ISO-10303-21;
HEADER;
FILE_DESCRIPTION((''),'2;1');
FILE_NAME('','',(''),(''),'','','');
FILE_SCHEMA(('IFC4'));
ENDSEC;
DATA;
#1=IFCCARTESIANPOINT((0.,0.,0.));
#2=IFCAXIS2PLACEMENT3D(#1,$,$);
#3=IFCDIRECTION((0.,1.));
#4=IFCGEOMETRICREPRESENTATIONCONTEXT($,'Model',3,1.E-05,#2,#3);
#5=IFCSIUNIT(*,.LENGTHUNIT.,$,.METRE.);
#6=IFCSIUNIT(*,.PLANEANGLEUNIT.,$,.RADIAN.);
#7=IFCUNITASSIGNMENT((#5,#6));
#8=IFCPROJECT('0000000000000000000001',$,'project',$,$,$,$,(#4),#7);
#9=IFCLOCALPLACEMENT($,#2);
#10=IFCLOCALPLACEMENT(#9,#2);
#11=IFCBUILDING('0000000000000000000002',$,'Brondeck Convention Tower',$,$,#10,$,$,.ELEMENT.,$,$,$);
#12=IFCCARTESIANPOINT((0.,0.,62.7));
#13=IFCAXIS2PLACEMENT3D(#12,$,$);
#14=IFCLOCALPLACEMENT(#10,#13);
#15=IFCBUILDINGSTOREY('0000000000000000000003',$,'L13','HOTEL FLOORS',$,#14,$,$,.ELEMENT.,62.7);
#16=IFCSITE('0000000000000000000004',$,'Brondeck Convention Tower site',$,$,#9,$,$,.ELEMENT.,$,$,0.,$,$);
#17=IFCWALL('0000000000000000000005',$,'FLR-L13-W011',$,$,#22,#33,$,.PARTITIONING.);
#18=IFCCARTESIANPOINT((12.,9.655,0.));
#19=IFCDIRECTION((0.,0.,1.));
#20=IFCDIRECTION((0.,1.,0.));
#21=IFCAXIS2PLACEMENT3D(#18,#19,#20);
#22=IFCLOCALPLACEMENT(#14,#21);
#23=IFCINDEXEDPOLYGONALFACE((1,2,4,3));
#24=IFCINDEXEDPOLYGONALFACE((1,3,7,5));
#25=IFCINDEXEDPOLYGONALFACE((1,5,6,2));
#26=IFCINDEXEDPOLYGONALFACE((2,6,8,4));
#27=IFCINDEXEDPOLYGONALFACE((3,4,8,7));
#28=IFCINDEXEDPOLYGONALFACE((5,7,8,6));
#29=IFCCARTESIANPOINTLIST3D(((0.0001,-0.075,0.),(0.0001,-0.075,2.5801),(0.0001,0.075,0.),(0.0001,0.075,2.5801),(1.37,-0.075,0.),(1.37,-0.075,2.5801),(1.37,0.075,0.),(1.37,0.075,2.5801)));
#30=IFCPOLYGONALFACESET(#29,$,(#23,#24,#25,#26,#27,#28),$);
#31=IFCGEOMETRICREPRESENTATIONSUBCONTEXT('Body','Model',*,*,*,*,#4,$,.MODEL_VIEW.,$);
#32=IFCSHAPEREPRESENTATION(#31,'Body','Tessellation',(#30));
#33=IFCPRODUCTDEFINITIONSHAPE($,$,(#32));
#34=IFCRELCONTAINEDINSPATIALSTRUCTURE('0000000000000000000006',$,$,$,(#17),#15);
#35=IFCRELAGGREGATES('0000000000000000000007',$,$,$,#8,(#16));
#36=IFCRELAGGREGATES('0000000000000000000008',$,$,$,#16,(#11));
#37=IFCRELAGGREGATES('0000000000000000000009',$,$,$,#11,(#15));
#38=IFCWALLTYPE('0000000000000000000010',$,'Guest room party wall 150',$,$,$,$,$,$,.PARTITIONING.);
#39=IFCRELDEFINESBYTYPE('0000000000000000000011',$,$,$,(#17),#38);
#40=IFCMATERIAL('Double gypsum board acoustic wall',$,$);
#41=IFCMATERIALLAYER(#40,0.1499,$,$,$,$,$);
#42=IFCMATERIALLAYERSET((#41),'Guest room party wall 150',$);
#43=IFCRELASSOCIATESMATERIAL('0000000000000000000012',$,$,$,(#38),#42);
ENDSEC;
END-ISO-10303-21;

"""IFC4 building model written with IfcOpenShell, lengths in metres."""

from ifc_helpers import new_model, si_unit, direction, frame, frame_2d, origin, place, context, subcontext, project, spatial, rectangle, extrude, material, layer, layer_set, type_object, element, save


model = new_model("IFC4")

# Units and contexts
model_context = context("Model", 3, precision=1e-05, world=origin(), true_north=direction((0.0, 1.0)))
body_context = subcontext(model_context, "Body", "Model", "MODEL_VIEW")
ifc_project = project(units=[si_unit("LENGTHUNIT", "METRE"), si_unit("PLANEANGLEUNIT", "RADIAN")], contexts=[model_context])

# Site, building, storey
site_placement = place(None, origin())
site = spatial("IfcSite", under=ifc_project, at=site_placement, Name="Brondeck Convention Tower site", CompositionType="ELEMENT", RefElevation=0.0)
building_placement = place(site_placement, origin())
building = spatial("IfcBuilding", under=site, at=building_placement, Name="Brondeck Convention Tower", CompositionType="ELEMENT")
storey_placement = place(building_placement, frame((0.0, 0.0, 62.7)))
storey = spatial("IfcBuildingStorey", under=building, at=storey_placement, Name="L13", Description="HOTEL FLOORS", CompositionType="ELEMENT", Elevation=62.7)

# Wall
ifc_material_1 = material(Name="Double gypsum board acoustic wall")
ifc_layer_1 = layer(ifc_material_1, 0.1499)
ifc_layer_set_1 = layer_set([ifc_layer_1], Name="Guest room party wall 150")
wall_type_1 = type_object("IfcWallType", Name="Guest room party wall 150", PredefinedType="PARTITIONING", material=ifc_layer_set_1)
wall_1_placement = place(storey_placement, frame((12.0, 9.655, 0.0), z_axis=(0.0, 0.0, 1.0), x_axis=(0.0, 1.0, 0.0)))
element("IfcWall", 1, at=wall_1_placement, inside=storey, type_object=wall_type_1, Name="FLR-L13-W011", PredefinedType="PARTITIONING", context=body_context, shape_type="SweptSolid", body=[
    extrude(rectangle(XDim=1.3699, YDim=0.1499, at=frame_2d((0.6851, 0.0))), origin(), (0.0, 0.0, 1.0), 2.5801),
])

save(model, "model.ifc")
